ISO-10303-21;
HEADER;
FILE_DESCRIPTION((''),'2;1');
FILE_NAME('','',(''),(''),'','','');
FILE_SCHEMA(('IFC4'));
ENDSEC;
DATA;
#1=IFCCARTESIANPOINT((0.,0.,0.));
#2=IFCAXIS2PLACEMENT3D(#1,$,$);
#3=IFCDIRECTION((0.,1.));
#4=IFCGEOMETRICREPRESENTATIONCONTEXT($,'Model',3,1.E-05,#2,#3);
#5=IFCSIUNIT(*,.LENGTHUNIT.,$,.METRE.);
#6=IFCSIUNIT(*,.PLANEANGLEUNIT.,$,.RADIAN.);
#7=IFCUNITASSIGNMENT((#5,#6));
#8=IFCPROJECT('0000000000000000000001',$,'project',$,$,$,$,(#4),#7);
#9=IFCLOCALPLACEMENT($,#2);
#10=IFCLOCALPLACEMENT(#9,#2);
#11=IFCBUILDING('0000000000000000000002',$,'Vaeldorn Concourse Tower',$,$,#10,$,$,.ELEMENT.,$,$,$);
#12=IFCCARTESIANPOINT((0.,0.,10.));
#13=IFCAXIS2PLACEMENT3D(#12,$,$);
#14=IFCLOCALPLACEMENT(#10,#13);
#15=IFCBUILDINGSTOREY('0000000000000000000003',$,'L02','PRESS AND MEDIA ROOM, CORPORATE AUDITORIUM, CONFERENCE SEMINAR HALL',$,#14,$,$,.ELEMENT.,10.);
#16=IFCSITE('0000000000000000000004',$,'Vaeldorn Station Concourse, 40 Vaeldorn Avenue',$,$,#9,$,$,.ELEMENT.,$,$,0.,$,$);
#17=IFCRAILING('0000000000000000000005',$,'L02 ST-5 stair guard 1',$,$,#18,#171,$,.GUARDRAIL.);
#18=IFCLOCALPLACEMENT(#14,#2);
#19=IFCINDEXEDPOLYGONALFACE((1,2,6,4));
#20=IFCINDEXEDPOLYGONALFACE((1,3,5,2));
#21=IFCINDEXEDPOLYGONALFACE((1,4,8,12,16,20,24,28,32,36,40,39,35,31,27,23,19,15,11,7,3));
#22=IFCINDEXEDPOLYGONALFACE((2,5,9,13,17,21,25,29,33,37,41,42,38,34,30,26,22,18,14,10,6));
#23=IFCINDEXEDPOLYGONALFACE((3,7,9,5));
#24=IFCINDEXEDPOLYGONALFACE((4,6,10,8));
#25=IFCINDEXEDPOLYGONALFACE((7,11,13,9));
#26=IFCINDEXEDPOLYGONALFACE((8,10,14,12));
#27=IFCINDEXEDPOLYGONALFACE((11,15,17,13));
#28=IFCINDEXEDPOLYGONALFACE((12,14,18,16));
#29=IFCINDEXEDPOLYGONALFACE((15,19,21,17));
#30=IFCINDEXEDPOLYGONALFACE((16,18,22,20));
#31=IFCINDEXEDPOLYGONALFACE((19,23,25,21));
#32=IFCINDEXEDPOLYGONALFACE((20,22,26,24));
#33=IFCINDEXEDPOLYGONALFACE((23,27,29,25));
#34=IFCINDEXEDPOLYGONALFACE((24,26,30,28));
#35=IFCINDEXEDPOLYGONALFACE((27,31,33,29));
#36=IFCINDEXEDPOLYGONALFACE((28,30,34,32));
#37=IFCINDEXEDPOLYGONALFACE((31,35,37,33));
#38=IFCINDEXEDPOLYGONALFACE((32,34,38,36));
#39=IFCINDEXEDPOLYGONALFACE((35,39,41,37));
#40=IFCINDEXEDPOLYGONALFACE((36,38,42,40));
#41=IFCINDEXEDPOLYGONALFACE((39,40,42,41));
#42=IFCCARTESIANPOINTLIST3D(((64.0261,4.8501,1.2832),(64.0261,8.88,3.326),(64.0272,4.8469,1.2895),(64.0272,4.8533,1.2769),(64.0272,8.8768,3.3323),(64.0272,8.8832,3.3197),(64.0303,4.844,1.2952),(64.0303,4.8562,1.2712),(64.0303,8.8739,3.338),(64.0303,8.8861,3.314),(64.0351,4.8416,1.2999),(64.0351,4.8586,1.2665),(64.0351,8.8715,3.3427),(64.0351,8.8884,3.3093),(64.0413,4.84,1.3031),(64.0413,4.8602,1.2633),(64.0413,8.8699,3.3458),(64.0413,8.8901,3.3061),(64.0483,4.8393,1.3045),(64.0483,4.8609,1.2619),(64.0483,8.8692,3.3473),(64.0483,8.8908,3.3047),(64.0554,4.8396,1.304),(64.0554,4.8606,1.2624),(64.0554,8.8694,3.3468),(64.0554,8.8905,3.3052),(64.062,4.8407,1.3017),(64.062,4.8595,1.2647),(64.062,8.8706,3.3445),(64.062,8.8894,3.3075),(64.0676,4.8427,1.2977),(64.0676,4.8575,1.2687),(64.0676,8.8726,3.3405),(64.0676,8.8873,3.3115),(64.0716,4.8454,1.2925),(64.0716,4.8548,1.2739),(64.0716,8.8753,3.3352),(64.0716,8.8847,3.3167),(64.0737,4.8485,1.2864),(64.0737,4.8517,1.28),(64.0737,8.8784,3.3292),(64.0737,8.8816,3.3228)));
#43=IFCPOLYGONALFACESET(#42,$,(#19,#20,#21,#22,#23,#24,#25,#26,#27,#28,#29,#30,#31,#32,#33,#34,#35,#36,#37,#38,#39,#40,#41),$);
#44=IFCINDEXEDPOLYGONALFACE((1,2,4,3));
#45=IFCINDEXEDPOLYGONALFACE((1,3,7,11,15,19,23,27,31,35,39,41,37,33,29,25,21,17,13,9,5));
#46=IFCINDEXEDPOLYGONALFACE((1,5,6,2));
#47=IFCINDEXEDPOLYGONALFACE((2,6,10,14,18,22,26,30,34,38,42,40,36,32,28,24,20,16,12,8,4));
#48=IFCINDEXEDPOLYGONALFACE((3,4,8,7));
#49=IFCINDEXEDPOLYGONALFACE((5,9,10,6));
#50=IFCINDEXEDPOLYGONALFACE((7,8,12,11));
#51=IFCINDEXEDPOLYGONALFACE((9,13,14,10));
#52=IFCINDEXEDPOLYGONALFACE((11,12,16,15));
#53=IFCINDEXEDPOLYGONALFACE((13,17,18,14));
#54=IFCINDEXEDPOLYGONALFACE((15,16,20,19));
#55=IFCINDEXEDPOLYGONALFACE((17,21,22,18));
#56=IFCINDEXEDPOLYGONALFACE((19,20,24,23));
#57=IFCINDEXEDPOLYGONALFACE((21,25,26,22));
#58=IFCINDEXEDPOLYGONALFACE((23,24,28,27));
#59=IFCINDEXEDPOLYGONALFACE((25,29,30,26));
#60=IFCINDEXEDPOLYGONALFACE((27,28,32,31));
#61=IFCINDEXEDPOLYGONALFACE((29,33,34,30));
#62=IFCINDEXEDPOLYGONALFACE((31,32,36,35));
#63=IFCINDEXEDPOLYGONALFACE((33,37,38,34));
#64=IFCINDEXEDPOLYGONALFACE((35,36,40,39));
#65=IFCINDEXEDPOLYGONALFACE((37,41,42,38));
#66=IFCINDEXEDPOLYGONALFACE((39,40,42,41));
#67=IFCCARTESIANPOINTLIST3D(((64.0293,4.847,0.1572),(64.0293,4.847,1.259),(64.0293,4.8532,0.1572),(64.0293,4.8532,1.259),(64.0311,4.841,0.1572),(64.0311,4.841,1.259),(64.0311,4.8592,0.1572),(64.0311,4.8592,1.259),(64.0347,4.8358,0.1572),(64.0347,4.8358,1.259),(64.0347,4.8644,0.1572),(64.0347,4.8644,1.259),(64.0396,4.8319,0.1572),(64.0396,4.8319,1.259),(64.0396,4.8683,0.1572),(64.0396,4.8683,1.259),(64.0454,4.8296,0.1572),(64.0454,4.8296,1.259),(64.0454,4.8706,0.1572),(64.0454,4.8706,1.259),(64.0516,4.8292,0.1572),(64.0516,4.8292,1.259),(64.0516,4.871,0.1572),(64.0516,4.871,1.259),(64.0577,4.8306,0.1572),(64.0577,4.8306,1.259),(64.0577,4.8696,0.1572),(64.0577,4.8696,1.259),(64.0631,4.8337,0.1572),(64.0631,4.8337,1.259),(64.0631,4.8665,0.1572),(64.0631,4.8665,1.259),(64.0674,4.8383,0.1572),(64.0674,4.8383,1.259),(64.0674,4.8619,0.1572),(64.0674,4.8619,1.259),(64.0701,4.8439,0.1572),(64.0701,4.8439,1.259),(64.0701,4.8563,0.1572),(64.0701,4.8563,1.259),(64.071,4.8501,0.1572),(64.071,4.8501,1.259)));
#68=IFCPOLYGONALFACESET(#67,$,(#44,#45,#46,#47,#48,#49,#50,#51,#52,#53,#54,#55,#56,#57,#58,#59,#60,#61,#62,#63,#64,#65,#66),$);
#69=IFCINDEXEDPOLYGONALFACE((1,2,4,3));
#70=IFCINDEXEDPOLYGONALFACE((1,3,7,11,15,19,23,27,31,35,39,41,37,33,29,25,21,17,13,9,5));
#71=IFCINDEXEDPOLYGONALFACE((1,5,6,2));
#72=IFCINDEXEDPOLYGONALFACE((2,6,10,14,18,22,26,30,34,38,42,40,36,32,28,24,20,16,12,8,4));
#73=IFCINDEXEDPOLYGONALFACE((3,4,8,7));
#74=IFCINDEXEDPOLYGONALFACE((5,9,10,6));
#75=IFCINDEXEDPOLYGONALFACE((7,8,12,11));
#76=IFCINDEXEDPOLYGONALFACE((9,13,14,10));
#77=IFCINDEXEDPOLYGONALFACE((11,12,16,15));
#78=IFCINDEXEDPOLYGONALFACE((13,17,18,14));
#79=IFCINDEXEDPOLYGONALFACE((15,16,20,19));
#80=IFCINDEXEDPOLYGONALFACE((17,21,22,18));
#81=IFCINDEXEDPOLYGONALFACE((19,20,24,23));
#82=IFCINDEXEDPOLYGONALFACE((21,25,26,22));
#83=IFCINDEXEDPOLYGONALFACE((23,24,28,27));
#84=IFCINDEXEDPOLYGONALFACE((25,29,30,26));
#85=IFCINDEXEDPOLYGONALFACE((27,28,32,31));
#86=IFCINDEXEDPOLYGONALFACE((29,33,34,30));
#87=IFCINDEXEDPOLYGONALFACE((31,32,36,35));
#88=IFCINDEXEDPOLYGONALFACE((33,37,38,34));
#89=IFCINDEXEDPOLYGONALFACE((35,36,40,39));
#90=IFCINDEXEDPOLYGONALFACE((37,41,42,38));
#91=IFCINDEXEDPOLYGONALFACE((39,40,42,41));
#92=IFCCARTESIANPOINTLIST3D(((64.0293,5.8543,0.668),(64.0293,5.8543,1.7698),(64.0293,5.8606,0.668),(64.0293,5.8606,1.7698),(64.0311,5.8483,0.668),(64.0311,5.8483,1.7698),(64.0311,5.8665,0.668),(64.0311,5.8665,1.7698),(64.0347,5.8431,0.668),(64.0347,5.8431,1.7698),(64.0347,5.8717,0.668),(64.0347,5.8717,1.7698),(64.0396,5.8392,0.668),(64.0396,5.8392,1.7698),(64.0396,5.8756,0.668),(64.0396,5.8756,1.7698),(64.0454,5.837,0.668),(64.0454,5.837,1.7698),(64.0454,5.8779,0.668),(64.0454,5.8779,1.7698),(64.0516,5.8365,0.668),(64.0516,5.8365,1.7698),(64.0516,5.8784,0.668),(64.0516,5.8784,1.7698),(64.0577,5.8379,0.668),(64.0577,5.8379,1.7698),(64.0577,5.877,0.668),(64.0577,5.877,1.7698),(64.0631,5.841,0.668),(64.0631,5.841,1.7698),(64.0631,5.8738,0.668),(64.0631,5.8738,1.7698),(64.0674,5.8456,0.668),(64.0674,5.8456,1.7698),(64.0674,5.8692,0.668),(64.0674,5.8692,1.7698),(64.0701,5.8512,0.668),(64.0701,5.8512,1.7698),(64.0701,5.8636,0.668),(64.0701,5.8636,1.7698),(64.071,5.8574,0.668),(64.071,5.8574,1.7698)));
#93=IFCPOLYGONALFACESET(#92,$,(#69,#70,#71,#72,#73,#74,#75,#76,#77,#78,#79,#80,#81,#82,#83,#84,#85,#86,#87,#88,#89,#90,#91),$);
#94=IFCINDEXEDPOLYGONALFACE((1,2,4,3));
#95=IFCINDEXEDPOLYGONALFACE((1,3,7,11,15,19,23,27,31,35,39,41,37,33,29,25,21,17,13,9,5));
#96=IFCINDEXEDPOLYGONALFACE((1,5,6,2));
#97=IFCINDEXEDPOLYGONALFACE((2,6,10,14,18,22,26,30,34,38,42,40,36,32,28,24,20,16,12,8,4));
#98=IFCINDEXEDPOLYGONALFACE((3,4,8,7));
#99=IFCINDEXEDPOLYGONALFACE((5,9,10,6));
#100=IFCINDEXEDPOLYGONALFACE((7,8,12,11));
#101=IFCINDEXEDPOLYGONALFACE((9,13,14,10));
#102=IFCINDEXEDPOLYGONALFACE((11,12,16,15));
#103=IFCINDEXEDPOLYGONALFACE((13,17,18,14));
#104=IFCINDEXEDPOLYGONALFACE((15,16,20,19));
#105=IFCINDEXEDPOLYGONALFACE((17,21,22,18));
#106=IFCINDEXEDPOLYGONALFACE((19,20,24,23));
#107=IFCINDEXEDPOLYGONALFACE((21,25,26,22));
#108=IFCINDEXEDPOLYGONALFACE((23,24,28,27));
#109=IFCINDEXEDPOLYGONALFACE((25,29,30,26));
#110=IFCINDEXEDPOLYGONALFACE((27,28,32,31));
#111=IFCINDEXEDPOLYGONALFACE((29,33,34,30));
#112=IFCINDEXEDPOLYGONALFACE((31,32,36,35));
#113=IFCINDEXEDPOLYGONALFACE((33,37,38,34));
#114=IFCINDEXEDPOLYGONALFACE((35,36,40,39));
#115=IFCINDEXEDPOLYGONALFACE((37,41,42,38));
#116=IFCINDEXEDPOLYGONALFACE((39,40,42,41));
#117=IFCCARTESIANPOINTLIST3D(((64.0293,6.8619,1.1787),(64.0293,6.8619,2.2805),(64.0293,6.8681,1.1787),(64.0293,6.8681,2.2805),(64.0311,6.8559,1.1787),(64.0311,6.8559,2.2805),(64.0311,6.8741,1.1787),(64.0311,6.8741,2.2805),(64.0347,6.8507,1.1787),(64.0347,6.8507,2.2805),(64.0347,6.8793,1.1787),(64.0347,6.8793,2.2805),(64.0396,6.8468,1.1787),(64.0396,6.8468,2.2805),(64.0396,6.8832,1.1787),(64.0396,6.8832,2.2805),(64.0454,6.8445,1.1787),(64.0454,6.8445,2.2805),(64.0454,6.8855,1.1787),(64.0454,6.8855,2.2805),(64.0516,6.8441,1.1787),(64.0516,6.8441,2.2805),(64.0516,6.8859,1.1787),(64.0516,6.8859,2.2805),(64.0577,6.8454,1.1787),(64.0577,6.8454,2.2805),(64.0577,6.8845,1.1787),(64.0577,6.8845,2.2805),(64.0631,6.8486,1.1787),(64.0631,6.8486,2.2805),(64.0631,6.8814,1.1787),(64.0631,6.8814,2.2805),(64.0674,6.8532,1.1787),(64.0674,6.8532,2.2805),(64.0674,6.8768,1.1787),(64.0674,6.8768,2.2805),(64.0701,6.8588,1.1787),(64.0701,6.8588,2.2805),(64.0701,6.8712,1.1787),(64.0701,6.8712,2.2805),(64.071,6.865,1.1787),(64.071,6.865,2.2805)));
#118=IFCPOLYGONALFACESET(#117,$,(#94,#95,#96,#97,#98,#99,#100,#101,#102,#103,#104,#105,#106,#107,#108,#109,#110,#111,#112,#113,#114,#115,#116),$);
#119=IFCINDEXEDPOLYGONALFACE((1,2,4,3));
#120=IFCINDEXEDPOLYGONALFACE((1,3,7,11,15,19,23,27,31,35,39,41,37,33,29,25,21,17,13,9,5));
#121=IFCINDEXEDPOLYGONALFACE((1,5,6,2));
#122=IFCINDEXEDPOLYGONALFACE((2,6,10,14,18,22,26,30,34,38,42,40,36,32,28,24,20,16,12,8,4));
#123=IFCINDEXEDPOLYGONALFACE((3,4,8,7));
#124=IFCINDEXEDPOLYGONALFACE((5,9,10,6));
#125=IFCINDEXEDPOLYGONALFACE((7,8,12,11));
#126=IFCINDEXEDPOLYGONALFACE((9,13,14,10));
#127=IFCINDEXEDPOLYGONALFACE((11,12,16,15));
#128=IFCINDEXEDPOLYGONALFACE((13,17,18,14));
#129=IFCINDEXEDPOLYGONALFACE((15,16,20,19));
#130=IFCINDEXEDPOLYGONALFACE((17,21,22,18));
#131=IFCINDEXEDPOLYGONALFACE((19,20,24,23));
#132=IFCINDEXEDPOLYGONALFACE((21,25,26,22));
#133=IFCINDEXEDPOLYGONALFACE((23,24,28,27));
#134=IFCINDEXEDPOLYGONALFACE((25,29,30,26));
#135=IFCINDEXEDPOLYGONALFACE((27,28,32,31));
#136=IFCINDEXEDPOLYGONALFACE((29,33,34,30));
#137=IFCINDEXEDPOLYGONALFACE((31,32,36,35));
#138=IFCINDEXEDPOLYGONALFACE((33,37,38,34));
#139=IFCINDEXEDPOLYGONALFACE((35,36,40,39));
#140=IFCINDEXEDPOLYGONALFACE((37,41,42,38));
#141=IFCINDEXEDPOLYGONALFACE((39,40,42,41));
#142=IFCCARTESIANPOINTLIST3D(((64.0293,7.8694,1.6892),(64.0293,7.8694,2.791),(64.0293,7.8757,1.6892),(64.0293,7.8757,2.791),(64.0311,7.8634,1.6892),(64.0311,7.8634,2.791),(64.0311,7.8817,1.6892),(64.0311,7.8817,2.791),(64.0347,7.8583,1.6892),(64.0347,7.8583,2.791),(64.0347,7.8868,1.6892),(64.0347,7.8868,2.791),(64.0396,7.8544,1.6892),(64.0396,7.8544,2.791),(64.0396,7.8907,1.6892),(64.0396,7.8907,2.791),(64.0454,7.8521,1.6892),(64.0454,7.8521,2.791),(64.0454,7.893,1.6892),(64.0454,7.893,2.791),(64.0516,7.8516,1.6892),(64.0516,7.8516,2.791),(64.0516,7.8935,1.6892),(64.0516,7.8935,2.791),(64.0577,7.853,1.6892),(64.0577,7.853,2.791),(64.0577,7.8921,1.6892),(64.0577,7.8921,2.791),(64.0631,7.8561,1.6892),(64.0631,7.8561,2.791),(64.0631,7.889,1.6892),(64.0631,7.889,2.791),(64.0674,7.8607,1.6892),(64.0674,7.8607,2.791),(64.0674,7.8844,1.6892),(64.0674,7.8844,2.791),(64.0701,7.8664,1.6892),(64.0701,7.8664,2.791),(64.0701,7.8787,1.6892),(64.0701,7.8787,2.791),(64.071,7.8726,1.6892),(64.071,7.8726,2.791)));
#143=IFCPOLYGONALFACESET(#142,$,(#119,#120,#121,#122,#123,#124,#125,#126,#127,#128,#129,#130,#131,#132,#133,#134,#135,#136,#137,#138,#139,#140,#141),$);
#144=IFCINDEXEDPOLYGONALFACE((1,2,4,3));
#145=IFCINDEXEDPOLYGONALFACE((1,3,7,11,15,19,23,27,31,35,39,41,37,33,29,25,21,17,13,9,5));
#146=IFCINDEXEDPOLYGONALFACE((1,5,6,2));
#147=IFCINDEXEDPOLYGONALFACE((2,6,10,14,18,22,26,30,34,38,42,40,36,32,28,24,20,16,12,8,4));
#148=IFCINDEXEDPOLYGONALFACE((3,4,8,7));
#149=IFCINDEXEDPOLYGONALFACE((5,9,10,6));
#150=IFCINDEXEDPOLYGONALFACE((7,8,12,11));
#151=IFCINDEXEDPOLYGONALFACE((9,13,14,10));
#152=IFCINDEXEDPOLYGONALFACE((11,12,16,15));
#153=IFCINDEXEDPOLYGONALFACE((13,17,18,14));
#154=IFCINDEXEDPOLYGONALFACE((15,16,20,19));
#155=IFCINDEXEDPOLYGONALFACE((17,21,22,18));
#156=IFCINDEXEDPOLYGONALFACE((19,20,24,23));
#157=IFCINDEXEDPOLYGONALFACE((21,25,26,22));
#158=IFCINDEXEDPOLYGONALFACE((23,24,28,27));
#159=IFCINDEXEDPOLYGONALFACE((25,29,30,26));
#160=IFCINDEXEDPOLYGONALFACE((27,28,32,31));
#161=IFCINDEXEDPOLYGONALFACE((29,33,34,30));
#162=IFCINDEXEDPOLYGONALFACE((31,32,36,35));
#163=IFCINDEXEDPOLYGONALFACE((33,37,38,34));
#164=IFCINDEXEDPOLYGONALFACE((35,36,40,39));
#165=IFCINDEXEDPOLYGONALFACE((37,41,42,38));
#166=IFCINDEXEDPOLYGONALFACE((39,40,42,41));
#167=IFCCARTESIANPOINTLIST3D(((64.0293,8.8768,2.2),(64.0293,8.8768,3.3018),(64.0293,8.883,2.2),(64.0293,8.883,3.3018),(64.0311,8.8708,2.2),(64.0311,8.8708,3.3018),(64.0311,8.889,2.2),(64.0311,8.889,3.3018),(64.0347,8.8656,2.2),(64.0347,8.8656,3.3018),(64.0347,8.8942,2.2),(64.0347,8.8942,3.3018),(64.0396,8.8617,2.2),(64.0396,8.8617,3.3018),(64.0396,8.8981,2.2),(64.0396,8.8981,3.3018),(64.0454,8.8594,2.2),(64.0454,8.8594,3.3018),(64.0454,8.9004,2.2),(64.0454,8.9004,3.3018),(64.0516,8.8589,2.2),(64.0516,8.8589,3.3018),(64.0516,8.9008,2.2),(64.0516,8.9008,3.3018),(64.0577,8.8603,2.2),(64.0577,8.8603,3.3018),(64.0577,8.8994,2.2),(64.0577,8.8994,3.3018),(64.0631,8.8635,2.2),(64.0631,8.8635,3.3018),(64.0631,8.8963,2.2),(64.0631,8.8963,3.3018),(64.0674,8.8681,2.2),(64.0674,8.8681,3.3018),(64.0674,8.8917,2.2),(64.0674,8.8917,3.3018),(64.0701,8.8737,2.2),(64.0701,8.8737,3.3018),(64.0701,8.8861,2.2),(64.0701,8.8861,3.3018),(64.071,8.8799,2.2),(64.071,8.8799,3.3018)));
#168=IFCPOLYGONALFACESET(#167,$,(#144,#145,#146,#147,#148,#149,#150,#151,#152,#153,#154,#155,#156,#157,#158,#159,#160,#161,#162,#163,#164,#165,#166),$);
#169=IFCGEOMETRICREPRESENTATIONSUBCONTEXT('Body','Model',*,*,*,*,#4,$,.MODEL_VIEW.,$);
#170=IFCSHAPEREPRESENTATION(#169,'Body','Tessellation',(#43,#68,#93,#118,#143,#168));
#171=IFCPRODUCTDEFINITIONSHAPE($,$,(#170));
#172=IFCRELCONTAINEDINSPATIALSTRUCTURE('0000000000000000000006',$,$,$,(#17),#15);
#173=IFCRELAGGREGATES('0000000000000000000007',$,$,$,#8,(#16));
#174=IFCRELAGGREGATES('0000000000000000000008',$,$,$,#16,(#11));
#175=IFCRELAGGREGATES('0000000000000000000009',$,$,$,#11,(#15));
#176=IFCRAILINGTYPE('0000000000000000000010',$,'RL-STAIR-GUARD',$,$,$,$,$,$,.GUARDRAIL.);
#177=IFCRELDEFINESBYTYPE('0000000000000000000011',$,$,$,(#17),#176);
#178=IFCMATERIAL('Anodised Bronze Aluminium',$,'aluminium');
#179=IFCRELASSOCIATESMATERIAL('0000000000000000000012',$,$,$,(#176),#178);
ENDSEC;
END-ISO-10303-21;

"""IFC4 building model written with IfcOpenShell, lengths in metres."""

from ifc_helpers import new_model, si_unit, direction, frame, origin, origin_2d, place, context, subcontext, project, spatial, circle, extrude, material, type_object, element, save


model = new_model("IFC4")

# Units and contexts
model_context = context("Model", 3, precision=1e-05, world=origin(), true_north=direction((0.0, 1.0)))
body_context = subcontext(model_context, "Body", "Model", "MODEL_VIEW")
ifc_project = project(units=[si_unit("LENGTHUNIT", "METRE"), si_unit("PLANEANGLEUNIT", "RADIAN")], contexts=[model_context])

# Site, building, storey
site_placement = place(None, origin())
site = spatial("IfcSite", under=ifc_project, at=site_placement, Name="Vaeldorn Station Concourse, 40 Vaeldorn Avenue", CompositionType="ELEMENT", RefElevation=0.0)
building_placement = place(site_placement, origin())
building = spatial("IfcBuilding", under=site, at=building_placement, Name="Vaeldorn Concourse Tower", CompositionType="ELEMENT")
storey_placement = place(building_placement, frame((0.0, 0.0, 10.0)))
storey = spatial("IfcBuildingStorey", under=building, at=storey_placement, Name="L02", Description="PRESS AND MEDIA ROOM, CORPORATE AUDITORIUM, CONFERENCE SEMINAR HALL", CompositionType="ELEMENT", Elevation=10.0)

# Shared definitions
ifc_material_1 = material(Name="Anodised Bronze Aluminium", Category="aluminium")

# Railing
railing_type_1 = type_object("IfcRailingType", Name="RL-STAIR-GUARD", PredefinedType="GUARDRAIL", material=ifc_material_1)
railing_1_placement = place(storey_placement, frame((64.05, 4.8501, 0.1572)))
element("IfcRailing", 1, at=railing_1_placement, inside=storey, type_object=railing_type_1, Name="L02 ST-5 stair guard 1", PredefinedType="GUARDRAIL", context=body_context, shape_type="SweptSolid", body=[
    extrude(circle(Radius=0.0239, at=origin_2d()), frame((0.0, 0.0, 1.126), z_axis=(0.0, 0.891949, 0.452135), x_axis=(-1.0, 0.0, 0.0)), (0.0, 0.0, 1.0), 4.5181),
    extrude(circle(Radius=0.021, at=origin_2d()), origin(), (0.0, 0.0, 1.0), 1.1018),
    extrude(circle(Radius=0.021, at=origin_2d()), frame((0.0, 1.0073, 0.5107)), (0.0, 0.0, 1.0), 1.1018),
    extrude(circle(Radius=0.021, at=origin_2d()), frame((0.0, 2.0149, 1.0215)), (0.0, 0.0, 1.0), 1.1018),
    extrude(circle(Radius=0.021, at=origin_2d()), frame((0.0, 3.0225, 1.532)), (0.0, 0.0, 1.0), 1.1018),
    extrude(circle(Radius=0.021, at=origin_2d()), frame((0.0, 4.0298, 2.0427)), (0.0, 0.0, 1.0), 1.1018),
])

save(model, "model.ifc")
